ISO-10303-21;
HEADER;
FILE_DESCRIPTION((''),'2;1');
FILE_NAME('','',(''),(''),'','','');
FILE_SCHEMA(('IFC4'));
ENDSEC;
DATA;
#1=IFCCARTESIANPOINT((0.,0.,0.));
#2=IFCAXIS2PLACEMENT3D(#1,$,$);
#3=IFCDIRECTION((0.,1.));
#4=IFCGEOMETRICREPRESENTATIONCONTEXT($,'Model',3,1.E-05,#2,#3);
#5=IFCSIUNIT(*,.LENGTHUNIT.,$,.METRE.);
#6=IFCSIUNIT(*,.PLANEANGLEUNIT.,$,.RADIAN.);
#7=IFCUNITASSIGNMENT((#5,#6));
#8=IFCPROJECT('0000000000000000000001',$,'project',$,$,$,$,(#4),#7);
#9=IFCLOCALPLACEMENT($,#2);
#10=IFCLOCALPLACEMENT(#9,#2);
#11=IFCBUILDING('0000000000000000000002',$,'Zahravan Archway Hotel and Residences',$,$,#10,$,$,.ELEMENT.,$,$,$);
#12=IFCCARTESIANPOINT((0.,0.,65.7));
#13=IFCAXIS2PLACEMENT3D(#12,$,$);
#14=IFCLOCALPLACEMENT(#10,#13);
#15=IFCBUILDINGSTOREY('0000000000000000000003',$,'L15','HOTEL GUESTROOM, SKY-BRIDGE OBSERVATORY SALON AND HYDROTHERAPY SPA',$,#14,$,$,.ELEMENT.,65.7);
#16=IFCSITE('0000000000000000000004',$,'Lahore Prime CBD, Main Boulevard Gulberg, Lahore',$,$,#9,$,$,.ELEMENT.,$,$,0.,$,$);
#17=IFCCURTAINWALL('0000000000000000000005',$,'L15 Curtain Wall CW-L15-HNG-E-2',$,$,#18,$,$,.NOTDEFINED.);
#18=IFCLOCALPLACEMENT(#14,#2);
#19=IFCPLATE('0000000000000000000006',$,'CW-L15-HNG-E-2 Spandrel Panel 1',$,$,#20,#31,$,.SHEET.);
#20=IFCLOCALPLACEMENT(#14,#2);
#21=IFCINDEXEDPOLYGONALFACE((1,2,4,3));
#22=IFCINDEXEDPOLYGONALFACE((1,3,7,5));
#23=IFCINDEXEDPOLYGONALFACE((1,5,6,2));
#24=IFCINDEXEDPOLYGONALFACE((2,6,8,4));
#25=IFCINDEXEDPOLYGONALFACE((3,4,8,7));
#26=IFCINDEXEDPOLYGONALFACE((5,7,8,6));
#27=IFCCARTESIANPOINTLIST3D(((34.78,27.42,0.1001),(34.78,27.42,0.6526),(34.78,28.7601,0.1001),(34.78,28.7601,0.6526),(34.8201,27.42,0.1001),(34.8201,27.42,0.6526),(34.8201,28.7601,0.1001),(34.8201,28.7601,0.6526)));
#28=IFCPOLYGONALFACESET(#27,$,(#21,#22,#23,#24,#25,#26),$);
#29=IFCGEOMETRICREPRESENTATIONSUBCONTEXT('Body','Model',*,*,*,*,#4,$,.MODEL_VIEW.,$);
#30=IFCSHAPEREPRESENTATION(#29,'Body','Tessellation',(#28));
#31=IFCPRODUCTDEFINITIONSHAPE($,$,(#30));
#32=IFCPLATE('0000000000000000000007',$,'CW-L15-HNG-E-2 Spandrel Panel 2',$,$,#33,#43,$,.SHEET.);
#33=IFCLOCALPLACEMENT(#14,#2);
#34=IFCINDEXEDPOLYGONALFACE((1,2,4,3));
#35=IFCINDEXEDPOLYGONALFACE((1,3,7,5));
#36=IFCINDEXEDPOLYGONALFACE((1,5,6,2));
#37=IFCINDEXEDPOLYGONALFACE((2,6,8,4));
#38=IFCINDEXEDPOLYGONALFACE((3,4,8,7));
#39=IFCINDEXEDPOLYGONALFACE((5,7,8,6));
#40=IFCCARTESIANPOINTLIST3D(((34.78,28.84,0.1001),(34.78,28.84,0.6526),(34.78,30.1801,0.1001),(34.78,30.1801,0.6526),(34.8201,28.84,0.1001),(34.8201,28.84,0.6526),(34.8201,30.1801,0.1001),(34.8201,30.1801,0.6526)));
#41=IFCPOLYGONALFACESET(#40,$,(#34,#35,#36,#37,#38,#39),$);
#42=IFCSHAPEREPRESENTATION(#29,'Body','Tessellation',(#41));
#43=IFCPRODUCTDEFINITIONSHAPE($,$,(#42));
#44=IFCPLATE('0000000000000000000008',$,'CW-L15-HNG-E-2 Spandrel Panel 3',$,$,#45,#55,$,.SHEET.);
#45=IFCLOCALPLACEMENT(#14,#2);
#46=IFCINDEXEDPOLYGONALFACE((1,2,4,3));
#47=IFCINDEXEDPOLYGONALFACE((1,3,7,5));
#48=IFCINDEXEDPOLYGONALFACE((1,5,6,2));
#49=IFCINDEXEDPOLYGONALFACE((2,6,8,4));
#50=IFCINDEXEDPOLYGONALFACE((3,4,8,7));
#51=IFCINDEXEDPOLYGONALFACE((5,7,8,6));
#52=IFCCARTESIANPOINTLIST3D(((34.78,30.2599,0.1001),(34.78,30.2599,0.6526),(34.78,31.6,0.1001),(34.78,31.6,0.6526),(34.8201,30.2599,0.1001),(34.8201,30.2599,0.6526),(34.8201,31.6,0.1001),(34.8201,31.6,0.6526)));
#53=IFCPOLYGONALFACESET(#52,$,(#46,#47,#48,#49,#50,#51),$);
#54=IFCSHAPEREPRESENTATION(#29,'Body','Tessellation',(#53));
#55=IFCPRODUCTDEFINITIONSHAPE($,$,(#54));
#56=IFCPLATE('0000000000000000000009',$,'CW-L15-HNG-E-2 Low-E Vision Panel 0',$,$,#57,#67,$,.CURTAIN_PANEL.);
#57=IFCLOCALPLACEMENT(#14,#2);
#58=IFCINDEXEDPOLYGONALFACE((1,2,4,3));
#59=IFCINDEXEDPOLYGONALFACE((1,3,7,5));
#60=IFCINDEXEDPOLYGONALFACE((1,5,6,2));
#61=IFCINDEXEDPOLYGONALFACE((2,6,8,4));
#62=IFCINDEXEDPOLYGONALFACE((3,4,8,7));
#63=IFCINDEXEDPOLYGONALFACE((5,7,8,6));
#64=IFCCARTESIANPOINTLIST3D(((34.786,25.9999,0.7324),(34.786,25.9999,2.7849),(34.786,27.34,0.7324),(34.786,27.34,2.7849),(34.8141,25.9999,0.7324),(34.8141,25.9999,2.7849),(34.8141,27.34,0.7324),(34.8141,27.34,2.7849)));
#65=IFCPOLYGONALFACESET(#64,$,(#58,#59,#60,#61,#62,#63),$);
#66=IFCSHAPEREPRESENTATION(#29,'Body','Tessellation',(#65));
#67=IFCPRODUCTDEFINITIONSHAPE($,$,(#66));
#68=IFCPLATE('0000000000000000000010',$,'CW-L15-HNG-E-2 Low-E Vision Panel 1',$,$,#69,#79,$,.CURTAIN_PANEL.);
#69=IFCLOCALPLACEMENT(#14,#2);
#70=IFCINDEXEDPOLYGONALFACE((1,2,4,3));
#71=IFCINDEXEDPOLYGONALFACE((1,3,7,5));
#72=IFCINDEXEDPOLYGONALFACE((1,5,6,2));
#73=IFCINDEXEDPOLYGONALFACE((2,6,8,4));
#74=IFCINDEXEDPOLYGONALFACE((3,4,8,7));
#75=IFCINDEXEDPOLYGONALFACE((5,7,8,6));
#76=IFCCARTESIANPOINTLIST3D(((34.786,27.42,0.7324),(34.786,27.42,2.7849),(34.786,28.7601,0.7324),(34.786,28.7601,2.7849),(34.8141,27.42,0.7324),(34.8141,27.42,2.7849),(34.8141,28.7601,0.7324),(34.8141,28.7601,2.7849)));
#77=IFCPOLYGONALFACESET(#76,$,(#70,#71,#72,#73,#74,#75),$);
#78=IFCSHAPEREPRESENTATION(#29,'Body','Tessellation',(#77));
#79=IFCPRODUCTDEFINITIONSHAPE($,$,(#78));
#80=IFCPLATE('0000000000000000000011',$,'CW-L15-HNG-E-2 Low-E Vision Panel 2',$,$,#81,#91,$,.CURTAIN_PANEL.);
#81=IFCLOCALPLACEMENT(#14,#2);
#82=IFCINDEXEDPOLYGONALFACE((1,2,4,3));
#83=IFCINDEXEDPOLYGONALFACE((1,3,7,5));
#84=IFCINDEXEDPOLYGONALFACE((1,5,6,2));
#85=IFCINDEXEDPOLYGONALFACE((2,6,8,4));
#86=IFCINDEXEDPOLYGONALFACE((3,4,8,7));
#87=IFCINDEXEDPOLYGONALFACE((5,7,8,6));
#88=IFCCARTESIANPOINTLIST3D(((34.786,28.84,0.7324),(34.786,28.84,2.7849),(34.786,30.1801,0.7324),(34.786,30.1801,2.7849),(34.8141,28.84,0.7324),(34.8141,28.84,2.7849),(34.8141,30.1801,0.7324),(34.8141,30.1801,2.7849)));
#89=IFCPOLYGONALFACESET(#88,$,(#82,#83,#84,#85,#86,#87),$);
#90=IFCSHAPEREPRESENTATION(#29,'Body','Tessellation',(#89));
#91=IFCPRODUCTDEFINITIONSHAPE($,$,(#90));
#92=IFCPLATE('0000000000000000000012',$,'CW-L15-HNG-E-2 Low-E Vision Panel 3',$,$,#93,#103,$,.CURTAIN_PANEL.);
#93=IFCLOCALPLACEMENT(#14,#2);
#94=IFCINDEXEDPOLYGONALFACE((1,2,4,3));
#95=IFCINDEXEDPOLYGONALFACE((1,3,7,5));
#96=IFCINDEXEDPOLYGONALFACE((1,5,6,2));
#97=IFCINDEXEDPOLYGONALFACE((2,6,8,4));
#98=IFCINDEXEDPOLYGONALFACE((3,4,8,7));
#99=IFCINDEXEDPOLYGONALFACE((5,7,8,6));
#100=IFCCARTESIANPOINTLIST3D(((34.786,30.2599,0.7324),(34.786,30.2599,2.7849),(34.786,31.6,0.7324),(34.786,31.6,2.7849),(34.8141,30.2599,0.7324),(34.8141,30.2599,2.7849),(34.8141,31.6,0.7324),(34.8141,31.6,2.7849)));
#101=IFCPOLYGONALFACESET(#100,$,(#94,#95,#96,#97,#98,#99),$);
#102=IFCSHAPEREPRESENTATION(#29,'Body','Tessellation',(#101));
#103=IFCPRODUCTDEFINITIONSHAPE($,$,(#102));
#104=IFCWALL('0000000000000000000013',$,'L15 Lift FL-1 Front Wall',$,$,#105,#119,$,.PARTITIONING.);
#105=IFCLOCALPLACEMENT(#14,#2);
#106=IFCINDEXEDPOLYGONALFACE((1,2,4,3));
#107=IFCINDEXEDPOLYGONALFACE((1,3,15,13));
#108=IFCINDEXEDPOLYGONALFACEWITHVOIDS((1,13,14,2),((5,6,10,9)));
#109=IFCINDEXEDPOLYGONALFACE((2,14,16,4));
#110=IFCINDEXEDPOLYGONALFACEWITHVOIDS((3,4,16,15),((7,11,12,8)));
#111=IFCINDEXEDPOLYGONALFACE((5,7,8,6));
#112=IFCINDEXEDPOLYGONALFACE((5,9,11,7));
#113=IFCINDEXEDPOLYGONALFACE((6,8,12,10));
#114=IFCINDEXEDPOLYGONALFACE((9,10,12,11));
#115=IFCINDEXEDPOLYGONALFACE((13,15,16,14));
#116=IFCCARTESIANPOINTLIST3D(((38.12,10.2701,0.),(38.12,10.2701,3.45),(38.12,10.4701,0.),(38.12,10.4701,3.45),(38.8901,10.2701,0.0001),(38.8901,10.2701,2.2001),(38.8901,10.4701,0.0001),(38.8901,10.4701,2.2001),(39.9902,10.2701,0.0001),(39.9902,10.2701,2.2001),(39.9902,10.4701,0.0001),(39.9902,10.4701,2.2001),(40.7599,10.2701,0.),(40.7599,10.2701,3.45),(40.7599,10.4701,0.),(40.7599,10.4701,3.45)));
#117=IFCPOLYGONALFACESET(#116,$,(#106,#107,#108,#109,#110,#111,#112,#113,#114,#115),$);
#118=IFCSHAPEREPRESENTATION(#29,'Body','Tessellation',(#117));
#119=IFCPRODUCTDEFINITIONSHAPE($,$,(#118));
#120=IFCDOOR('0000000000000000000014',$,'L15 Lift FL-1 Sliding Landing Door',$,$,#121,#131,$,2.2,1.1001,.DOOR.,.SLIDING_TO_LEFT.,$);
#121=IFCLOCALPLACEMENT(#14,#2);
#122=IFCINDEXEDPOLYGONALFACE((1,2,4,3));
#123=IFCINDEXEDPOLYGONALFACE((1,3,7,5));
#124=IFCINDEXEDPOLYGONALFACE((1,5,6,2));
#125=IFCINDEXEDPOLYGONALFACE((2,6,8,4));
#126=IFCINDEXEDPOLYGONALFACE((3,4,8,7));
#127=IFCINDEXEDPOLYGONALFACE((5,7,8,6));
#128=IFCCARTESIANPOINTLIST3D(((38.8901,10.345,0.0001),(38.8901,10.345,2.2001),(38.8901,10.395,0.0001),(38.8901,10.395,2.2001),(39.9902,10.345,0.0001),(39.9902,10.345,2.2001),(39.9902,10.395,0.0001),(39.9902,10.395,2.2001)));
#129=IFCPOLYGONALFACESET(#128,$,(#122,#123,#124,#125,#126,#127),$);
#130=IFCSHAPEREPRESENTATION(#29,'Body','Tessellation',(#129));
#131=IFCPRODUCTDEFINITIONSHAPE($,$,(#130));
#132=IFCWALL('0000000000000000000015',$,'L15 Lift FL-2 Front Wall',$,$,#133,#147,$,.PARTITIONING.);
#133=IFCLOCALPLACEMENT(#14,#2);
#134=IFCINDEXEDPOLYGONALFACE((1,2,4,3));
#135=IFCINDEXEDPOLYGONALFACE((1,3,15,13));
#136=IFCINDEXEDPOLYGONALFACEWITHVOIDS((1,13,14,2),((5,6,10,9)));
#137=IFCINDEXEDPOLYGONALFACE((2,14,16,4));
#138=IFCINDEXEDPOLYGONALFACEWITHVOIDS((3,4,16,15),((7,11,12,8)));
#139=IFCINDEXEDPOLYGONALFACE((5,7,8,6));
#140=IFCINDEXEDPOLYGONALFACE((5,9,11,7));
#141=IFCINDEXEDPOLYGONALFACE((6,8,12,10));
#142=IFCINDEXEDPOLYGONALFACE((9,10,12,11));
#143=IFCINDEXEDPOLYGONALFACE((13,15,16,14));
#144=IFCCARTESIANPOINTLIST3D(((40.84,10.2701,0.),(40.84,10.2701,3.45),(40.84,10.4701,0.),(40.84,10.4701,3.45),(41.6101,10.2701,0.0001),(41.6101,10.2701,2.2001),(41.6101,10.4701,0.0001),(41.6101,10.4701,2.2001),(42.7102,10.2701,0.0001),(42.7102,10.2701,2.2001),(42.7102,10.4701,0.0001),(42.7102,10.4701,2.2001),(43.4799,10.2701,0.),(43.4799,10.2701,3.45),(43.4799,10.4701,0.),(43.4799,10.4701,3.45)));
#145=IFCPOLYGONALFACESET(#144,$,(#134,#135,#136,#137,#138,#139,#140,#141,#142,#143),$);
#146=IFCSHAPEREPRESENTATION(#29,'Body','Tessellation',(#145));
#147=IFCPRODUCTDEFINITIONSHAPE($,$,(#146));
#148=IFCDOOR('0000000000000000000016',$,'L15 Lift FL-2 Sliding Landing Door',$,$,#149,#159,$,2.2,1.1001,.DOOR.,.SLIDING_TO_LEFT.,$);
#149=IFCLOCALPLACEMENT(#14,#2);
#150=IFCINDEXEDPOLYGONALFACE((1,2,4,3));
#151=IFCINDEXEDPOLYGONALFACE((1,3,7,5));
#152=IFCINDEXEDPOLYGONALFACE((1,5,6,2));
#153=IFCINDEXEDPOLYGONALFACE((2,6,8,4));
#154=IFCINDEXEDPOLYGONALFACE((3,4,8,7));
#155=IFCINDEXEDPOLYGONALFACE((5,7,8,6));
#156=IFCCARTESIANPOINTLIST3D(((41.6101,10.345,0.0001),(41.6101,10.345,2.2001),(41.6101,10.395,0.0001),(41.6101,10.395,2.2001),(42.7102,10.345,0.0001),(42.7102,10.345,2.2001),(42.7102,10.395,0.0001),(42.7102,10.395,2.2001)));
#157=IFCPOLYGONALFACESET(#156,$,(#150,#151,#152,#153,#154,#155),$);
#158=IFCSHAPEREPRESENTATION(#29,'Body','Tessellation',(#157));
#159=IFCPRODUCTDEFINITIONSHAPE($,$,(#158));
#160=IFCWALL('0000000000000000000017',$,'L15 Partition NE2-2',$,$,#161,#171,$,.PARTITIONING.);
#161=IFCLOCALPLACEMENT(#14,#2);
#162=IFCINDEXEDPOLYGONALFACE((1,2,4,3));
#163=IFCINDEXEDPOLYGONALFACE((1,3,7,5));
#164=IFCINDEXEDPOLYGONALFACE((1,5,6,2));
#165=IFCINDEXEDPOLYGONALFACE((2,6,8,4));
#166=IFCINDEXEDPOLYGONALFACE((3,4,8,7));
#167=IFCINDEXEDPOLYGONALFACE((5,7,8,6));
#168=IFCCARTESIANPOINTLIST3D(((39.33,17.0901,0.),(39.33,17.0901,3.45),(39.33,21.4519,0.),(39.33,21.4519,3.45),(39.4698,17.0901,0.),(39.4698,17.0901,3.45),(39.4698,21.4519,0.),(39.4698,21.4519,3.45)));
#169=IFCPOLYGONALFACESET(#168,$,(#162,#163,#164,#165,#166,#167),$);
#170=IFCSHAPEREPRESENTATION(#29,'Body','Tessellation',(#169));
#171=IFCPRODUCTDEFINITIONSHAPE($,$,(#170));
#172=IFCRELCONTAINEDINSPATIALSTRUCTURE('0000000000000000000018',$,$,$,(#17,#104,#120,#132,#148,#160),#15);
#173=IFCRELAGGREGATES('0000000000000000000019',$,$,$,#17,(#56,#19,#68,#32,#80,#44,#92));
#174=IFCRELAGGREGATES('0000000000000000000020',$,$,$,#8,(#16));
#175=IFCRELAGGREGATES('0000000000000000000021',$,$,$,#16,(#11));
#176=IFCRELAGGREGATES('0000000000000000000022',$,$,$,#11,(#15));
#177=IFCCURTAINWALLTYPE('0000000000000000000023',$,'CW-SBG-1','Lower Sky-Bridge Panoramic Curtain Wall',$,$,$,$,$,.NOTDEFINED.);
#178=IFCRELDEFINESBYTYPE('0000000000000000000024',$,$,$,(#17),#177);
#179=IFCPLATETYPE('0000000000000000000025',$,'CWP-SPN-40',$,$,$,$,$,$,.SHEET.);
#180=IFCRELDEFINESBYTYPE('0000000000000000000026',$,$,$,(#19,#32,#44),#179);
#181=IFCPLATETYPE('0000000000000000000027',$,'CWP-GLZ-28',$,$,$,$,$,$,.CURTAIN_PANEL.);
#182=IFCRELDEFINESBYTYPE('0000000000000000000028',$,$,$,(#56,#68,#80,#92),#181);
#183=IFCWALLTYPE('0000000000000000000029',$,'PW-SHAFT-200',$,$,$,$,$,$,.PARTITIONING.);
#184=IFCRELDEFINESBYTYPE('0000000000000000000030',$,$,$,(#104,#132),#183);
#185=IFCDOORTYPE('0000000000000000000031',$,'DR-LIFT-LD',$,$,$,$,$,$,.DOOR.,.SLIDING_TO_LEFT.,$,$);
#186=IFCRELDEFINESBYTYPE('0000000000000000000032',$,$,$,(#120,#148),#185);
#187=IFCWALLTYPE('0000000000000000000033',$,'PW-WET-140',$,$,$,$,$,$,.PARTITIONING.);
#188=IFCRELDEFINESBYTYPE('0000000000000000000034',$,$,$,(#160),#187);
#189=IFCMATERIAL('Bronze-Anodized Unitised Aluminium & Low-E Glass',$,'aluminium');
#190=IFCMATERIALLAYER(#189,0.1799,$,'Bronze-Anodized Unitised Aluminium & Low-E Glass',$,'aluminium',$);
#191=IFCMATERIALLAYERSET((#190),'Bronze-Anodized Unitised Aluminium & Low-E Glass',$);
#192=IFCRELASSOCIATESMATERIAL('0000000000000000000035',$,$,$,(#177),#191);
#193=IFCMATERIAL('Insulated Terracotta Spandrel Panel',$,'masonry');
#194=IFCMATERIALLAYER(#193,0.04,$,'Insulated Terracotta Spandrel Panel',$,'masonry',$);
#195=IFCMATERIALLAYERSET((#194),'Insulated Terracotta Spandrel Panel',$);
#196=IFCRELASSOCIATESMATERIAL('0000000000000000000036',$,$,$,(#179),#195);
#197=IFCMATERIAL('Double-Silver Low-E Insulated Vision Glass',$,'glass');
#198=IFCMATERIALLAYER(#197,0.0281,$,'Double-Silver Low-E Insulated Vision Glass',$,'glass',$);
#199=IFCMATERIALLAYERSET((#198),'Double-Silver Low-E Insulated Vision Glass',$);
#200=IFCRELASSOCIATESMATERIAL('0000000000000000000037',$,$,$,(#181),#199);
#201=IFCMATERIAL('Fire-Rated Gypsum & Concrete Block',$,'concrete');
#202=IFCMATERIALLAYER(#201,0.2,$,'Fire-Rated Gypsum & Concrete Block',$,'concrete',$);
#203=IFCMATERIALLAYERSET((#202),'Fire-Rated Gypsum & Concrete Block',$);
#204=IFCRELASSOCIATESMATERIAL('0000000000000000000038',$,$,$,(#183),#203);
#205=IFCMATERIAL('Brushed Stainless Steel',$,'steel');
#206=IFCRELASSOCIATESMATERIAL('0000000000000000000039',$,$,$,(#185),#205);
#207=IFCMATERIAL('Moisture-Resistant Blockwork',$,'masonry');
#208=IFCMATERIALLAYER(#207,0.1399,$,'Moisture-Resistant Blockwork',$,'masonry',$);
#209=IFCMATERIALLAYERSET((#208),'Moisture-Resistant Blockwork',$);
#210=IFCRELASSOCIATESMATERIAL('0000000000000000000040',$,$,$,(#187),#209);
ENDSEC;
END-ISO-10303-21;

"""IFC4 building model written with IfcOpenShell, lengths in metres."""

from ifc_helpers import new_model, si_unit, direction, frame, frame_2d, origin, origin_2d, place, context, subcontext, project, spatial, rectangle, extrude, source, transform, mapped, material, layer, layer_set, type_object, type_shapes, element, fill, aggregate, save


model = new_model("IFC4")

# Units and contexts
model_context = context("Model", 3, precision=1e-05, world=origin(), true_north=direction((0.0, 1.0)))
body_context = subcontext(model_context, "Body", "Model", "MODEL_VIEW")
ifc_project = project(units=[si_unit("LENGTHUNIT", "METRE"), si_unit("PLANEANGLEUNIT", "RADIAN")], contexts=[model_context])

# Site, building, storey
site_placement = place(None, origin())
site = spatial("IfcSite", under=ifc_project, at=site_placement, Name="Lahore Prime CBD, Main Boulevard Gulberg, Lahore", CompositionType="ELEMENT", RefElevation=0.0)
building_placement = place(site_placement, origin())
building = spatial("IfcBuilding", under=site, at=building_placement, Name="Zahravan Archway Hotel and Residences", CompositionType="ELEMENT")
storey_placement = place(building_placement, frame((0.0, 0.0, 65.7)))
storey = spatial("IfcBuildingStorey", under=building, at=storey_placement, Name="L15", Description="HOTEL GUESTROOM, SKY-BRIDGE OBSERVATORY SALON AND HYDROTHERAPY SPA", CompositionType="ELEMENT", Elevation=65.7)

# Curtain wall, plates
ifc_material_1 = material(Name="Bronze-Anodized Unitised Aluminium & Low-E Glass", Category="aluminium")
ifc_layer_1 = layer(ifc_material_1, 0.1799, Name="Bronze-Anodized Unitised Aluminium & Low-E Glass", Category="aluminium")
ifc_layer_set_1 = layer_set([ifc_layer_1], Name="Bronze-Anodized Unitised Aluminium & Low-E Glass")
curtain_wall_type = type_object("IfcCurtainWallType", Name="CW-SBG-1", Description="Lower Sky-Bridge Panoramic Curtain Wall", PredefinedType="NOTDEFINED", material=ifc_layer_set_1)
curtain_wall_placement = place(storey_placement, origin())
curtain_wall = element("IfcCurtainWall", 1, at=curtain_wall_placement, inside=storey, type_object=curtain_wall_type, Name="L15 Curtain Wall CW-L15-HNG-E-2", PredefinedType="NOTDEFINED")
ifc_material_2 = material(Name="Insulated Terracotta Spandrel Panel", Category="masonry")
ifc_layer_2 = layer(ifc_material_2, 0.04, Name="Insulated Terracotta Spandrel Panel", Category="masonry")
ifc_layer_set_2 = layer_set([ifc_layer_2], Name="Insulated Terracotta Spandrel Panel")
plate_type_1 = type_object("IfcPlateType", Name="CWP-SPN-40", PredefinedType="SHEET", material=ifc_layer_set_2)
shared_shape_1 = source(origin(), body_context, "Body", "SweptSolid", [
    extrude(rectangle(XDim=1.3401, YDim=0.04, at=origin_2d()), origin(), (0.0, 0.0, 1.0), 0.5525),
])
plate_1_placement = place(storey_placement, frame((34.8, 28.0901, 0.1001), z_axis=(0.0, 0.0, 1.0), x_axis=(0.0, 1.0, 0.0)))
plate_1 = element("IfcPlate", 2, at=plate_1_placement, type_object=plate_type_1, Name="CW-L15-HNG-E-2 Spandrel Panel 1", PredefinedType="SHEET", context=body_context, shape_type="MappedRepresentation", body=[
    mapped(shared_shape_1, transform((0.0, 0.0, 0.0), scale=1.0)),
])
plate_2_placement = place(storey_placement, frame((34.8, 29.51, 0.1001), z_axis=(0.0, 0.0, 1.0), x_axis=(0.0, 1.0, 0.0)))
plate_2 = element("IfcPlate", 3, at=plate_2_placement, type_object=plate_type_1, Name="CW-L15-HNG-E-2 Spandrel Panel 2", PredefinedType="SHEET", context=body_context, shape_type="MappedRepresentation", body=[
    mapped(shared_shape_1, transform((0.0, 0.0, 0.0), scale=1.0)),
])
plate_3_placement = place(storey_placement, frame((34.8, 30.9299, 0.1001), z_axis=(0.0, 0.0, 1.0), x_axis=(0.0, 1.0, 0.0)))
plate_3 = element("IfcPlate", 4, at=plate_3_placement, type_object=plate_type_1, Name="CW-L15-HNG-E-2 Spandrel Panel 3", PredefinedType="SHEET", context=body_context, shape_type="MappedRepresentation", body=[
    mapped(shared_shape_1, transform((0.0, 0.0, 0.0), scale=1.0)),
])
ifc_material_3 = material(Name="Double-Silver Low-E Insulated Vision Glass", Category="glass")
ifc_layer_3 = layer(ifc_material_3, 0.0281, Name="Double-Silver Low-E Insulated Vision Glass", Category="glass")
ifc_layer_set_3 = layer_set([ifc_layer_3], Name="Double-Silver Low-E Insulated Vision Glass")
plate_type_2 = type_object("IfcPlateType", Name="CWP-GLZ-28", PredefinedType="CURTAIN_PANEL", material=ifc_layer_set_3)
shared_shape_2 = source(origin(), body_context, "Body", "SweptSolid", [
    extrude(rectangle(XDim=1.3401, YDim=0.0281, at=origin_2d()), origin(), (0.0, 0.0, 1.0), 2.0525),
])
plate_4_placement = place(storey_placement, frame((34.8, 26.6699, 0.7324), z_axis=(0.0, 0.0, 1.0), x_axis=(0.0, 1.0, 0.0)))
plate_4 = element("IfcPlate", 5, at=plate_4_placement, type_object=plate_type_2, Name="CW-L15-HNG-E-2 Low-E Vision Panel 0", PredefinedType="CURTAIN_PANEL", context=body_context, shape_type="MappedRepresentation", body=[
    mapped(shared_shape_2, transform((0.0, 0.0, 0.0), scale=1.0)),
])
plate_5_placement = place(storey_placement, frame((34.8, 28.0901, 0.7324), z_axis=(0.0, 0.0, 1.0), x_axis=(0.0, 1.0, 0.0)))
plate_5 = element("IfcPlate", 6, at=plate_5_placement, type_object=plate_type_2, Name="CW-L15-HNG-E-2 Low-E Vision Panel 1", PredefinedType="CURTAIN_PANEL", context=body_context, shape_type="MappedRepresentation", body=[
    mapped(shared_shape_2, transform((0.0, 0.0, 0.0), scale=1.0)),
])
plate_6_placement = place(storey_placement, frame((34.8, 29.51, 0.7324), z_axis=(0.0, 0.0, 1.0), x_axis=(0.0, 1.0, 0.0)))
plate_6 = element("IfcPlate", 7, at=plate_6_placement, type_object=plate_type_2, Name="CW-L15-HNG-E-2 Low-E Vision Panel 2", PredefinedType="CURTAIN_PANEL", context=body_context, shape_type="MappedRepresentation", body=[
    mapped(shared_shape_2, transform((0.0, 0.0, 0.0), scale=1.0)),
])
plate_7_placement = place(storey_placement, frame((34.8, 30.9299, 0.7324), z_axis=(0.0, 0.0, 1.0), x_axis=(0.0, 1.0, 0.0)))
plate_7 = element("IfcPlate", 8, at=plate_7_placement, type_object=plate_type_2, Name="CW-L15-HNG-E-2 Low-E Vision Panel 3", PredefinedType="CURTAIN_PANEL", context=body_context, shape_type="MappedRepresentation", body=[
    mapped(shared_shape_2, transform((0.0, 0.0, 0.0), scale=1.0)),
])
aggregate(curtain_wall, [plate_4, plate_1, plate_5, plate_2, plate_6, plate_3, plate_7])

# Walls, openings, doors
ifc_material_4 = material(Name="Fire-Rated Gypsum & Concrete Block", Category="concrete")
ifc_layer_4 = layer(ifc_material_4, 0.2, Name="Fire-Rated Gypsum & Concrete Block", Category="concrete")
ifc_layer_set_4 = layer_set([ifc_layer_4], Name="Fire-Rated Gypsum & Concrete Block")
wall_type_1 = type_object("IfcWallType", Name="PW-SHAFT-200", PredefinedType="PARTITIONING", material=ifc_layer_set_4)
wall_1_placement = place(storey_placement, frame((38.1201, 10.3701, 0.0), z_axis=(0.0, 0.0, 1.0), x_axis=(1.0, 0.0, 0.0)))
wall_1 = element("IfcWall", 9, at=wall_1_placement, inside=storey, type_object=wall_type_1, Name="L15 Lift FL-1 Front Wall", PredefinedType="PARTITIONING", context=body_context, shape_type="SweptSolid", body=[
    extrude(rectangle(XDim=2.6399, YDim=0.2, at=frame_2d((1.3198, 0.0))), origin(), (0.0, 0.0, 1.0), 3.45),
])
opening_1_placement = place(wall_1_placement, frame((0.77, 0.0, 0.0)))
opening_1 = element("IfcOpeningElement", 10, at=opening_1_placement, cuts=wall_1, PredefinedType="OPENING", context=body_context, shape_type="SweptSolid", body=[
    extrude(rectangle(XDim=1.1001, YDim=2.2, at=frame_2d((0.55, 1.1001))), frame((0.0, 0.1099, 0.0), z_axis=(0.0, -1.0, 0.0), x_axis=(1.0, 0.0, 0.0)), (0.0, 0.0, 1.0), 0.22),
])
ifc_material_5 = material(Name="Brushed Stainless Steel", Category="steel")
door_type_1 = type_object("IfcDoorType", Name="DR-LIFT-LD", OperationType="SLIDING_TO_LEFT", PredefinedType="DOOR", material=ifc_material_5)
shared_shape_3 = source(origin(), body_context, "Body", "SweptSolid", [
    extrude(rectangle(XDim=1.1001, YDim=2.2, at=frame_2d((0.55, 1.1001))), frame((0.0, 0.0249, 0.0), z_axis=(0.0, -1.0, 0.0), x_axis=(1.0, 0.0, 0.0)), (0.0, 0.0, 1.0), 0.05),
])
type_shapes(door_type_1, [shared_shape_3])
door_1_placement = place(opening_1_placement, origin())
door_1 = element("IfcDoor", 11, at=door_1_placement, inside=storey, type_object=door_type_1, Name="L15 Lift FL-1 Sliding Landing Door", OperationType="SLIDING_TO_LEFT", OverallHeight=2.2, OverallWidth=1.1001, PredefinedType="DOOR", context=body_context, shape_type="MappedRepresentation", body=[
    mapped(shared_shape_3, transform((0.0, 0.0, 0.0), scale=1.0)),
])
fill(opening_1, door_1)
wall_2_placement = place(storey_placement, frame((40.8401, 10.3701, 0.0), z_axis=(0.0, 0.0, 1.0), x_axis=(1.0, 0.0, 0.0)))
wall_2 = element("IfcWall", 12, at=wall_2_placement, inside=storey, type_object=wall_type_1, Name="L15 Lift FL-2 Front Wall", PredefinedType="PARTITIONING", context=body_context, shape_type="SweptSolid", body=[
    extrude(rectangle(XDim=2.6399, YDim=0.2, at=frame_2d((1.3198, 0.0))), origin(), (0.0, 0.0, 1.0), 3.45),
])
opening_2_placement = place(wall_2_placement, frame((0.77, 0.0, 0.0)))
opening_2 = element("IfcOpeningElement", 13, at=opening_2_placement, cuts=wall_2, PredefinedType="OPENING", context=body_context, shape_type="SweptSolid", body=[
    extrude(rectangle(XDim=1.1001, YDim=2.2, at=frame_2d((0.55, 1.1001))), frame((0.0, 0.1099, 0.0), z_axis=(0.0, -1.0, 0.0), x_axis=(1.0, 0.0, 0.0)), (0.0, 0.0, 1.0), 0.22),
])
door_2_placement = place(opening_2_placement, origin())
door_2 = element("IfcDoor", 14, at=door_2_placement, inside=storey, type_object=door_type_1, Name="L15 Lift FL-2 Sliding Landing Door", OperationType="SLIDING_TO_LEFT", OverallHeight=2.2, OverallWidth=1.1001, PredefinedType="DOOR", context=body_context, shape_type="MappedRepresentation", body=[
    mapped(shared_shape_3, transform((0.0, 0.0, 0.0), scale=1.0)),
])
fill(opening_2, door_2)

# Wall
ifc_material_6 = material(Name="Moisture-Resistant Blockwork", Category="masonry")
ifc_layer_5 = layer(ifc_material_6, 0.1399, Name="Moisture-Resistant Blockwork", Category="masonry")
ifc_layer_set_5 = layer_set([ifc_layer_5], Name="Moisture-Resistant Blockwork")
wall_type_2 = type_object("IfcWallType", Name="PW-WET-140", PredefinedType="PARTITIONING", material=ifc_layer_set_5)
wall_3_placement = place(storey_placement, frame((39.3999, 17.0901, 0.0), z_axis=(0.0, 0.0, 1.0), x_axis=(0.0, 1.0, 0.0)))
element("IfcWall", 15, at=wall_3_placement, inside=storey, type_object=wall_type_2, Name="L15 Partition NE2-2", PredefinedType="PARTITIONING", context=body_context, shape_type="SweptSolid", body=[
    extrude(rectangle(XDim=4.3618, YDim=0.1399, at=frame_2d((2.1809, 0.0))), origin(), (0.0, 0.0, 1.0), 3.45),
])

save(model, "model.ifc")
